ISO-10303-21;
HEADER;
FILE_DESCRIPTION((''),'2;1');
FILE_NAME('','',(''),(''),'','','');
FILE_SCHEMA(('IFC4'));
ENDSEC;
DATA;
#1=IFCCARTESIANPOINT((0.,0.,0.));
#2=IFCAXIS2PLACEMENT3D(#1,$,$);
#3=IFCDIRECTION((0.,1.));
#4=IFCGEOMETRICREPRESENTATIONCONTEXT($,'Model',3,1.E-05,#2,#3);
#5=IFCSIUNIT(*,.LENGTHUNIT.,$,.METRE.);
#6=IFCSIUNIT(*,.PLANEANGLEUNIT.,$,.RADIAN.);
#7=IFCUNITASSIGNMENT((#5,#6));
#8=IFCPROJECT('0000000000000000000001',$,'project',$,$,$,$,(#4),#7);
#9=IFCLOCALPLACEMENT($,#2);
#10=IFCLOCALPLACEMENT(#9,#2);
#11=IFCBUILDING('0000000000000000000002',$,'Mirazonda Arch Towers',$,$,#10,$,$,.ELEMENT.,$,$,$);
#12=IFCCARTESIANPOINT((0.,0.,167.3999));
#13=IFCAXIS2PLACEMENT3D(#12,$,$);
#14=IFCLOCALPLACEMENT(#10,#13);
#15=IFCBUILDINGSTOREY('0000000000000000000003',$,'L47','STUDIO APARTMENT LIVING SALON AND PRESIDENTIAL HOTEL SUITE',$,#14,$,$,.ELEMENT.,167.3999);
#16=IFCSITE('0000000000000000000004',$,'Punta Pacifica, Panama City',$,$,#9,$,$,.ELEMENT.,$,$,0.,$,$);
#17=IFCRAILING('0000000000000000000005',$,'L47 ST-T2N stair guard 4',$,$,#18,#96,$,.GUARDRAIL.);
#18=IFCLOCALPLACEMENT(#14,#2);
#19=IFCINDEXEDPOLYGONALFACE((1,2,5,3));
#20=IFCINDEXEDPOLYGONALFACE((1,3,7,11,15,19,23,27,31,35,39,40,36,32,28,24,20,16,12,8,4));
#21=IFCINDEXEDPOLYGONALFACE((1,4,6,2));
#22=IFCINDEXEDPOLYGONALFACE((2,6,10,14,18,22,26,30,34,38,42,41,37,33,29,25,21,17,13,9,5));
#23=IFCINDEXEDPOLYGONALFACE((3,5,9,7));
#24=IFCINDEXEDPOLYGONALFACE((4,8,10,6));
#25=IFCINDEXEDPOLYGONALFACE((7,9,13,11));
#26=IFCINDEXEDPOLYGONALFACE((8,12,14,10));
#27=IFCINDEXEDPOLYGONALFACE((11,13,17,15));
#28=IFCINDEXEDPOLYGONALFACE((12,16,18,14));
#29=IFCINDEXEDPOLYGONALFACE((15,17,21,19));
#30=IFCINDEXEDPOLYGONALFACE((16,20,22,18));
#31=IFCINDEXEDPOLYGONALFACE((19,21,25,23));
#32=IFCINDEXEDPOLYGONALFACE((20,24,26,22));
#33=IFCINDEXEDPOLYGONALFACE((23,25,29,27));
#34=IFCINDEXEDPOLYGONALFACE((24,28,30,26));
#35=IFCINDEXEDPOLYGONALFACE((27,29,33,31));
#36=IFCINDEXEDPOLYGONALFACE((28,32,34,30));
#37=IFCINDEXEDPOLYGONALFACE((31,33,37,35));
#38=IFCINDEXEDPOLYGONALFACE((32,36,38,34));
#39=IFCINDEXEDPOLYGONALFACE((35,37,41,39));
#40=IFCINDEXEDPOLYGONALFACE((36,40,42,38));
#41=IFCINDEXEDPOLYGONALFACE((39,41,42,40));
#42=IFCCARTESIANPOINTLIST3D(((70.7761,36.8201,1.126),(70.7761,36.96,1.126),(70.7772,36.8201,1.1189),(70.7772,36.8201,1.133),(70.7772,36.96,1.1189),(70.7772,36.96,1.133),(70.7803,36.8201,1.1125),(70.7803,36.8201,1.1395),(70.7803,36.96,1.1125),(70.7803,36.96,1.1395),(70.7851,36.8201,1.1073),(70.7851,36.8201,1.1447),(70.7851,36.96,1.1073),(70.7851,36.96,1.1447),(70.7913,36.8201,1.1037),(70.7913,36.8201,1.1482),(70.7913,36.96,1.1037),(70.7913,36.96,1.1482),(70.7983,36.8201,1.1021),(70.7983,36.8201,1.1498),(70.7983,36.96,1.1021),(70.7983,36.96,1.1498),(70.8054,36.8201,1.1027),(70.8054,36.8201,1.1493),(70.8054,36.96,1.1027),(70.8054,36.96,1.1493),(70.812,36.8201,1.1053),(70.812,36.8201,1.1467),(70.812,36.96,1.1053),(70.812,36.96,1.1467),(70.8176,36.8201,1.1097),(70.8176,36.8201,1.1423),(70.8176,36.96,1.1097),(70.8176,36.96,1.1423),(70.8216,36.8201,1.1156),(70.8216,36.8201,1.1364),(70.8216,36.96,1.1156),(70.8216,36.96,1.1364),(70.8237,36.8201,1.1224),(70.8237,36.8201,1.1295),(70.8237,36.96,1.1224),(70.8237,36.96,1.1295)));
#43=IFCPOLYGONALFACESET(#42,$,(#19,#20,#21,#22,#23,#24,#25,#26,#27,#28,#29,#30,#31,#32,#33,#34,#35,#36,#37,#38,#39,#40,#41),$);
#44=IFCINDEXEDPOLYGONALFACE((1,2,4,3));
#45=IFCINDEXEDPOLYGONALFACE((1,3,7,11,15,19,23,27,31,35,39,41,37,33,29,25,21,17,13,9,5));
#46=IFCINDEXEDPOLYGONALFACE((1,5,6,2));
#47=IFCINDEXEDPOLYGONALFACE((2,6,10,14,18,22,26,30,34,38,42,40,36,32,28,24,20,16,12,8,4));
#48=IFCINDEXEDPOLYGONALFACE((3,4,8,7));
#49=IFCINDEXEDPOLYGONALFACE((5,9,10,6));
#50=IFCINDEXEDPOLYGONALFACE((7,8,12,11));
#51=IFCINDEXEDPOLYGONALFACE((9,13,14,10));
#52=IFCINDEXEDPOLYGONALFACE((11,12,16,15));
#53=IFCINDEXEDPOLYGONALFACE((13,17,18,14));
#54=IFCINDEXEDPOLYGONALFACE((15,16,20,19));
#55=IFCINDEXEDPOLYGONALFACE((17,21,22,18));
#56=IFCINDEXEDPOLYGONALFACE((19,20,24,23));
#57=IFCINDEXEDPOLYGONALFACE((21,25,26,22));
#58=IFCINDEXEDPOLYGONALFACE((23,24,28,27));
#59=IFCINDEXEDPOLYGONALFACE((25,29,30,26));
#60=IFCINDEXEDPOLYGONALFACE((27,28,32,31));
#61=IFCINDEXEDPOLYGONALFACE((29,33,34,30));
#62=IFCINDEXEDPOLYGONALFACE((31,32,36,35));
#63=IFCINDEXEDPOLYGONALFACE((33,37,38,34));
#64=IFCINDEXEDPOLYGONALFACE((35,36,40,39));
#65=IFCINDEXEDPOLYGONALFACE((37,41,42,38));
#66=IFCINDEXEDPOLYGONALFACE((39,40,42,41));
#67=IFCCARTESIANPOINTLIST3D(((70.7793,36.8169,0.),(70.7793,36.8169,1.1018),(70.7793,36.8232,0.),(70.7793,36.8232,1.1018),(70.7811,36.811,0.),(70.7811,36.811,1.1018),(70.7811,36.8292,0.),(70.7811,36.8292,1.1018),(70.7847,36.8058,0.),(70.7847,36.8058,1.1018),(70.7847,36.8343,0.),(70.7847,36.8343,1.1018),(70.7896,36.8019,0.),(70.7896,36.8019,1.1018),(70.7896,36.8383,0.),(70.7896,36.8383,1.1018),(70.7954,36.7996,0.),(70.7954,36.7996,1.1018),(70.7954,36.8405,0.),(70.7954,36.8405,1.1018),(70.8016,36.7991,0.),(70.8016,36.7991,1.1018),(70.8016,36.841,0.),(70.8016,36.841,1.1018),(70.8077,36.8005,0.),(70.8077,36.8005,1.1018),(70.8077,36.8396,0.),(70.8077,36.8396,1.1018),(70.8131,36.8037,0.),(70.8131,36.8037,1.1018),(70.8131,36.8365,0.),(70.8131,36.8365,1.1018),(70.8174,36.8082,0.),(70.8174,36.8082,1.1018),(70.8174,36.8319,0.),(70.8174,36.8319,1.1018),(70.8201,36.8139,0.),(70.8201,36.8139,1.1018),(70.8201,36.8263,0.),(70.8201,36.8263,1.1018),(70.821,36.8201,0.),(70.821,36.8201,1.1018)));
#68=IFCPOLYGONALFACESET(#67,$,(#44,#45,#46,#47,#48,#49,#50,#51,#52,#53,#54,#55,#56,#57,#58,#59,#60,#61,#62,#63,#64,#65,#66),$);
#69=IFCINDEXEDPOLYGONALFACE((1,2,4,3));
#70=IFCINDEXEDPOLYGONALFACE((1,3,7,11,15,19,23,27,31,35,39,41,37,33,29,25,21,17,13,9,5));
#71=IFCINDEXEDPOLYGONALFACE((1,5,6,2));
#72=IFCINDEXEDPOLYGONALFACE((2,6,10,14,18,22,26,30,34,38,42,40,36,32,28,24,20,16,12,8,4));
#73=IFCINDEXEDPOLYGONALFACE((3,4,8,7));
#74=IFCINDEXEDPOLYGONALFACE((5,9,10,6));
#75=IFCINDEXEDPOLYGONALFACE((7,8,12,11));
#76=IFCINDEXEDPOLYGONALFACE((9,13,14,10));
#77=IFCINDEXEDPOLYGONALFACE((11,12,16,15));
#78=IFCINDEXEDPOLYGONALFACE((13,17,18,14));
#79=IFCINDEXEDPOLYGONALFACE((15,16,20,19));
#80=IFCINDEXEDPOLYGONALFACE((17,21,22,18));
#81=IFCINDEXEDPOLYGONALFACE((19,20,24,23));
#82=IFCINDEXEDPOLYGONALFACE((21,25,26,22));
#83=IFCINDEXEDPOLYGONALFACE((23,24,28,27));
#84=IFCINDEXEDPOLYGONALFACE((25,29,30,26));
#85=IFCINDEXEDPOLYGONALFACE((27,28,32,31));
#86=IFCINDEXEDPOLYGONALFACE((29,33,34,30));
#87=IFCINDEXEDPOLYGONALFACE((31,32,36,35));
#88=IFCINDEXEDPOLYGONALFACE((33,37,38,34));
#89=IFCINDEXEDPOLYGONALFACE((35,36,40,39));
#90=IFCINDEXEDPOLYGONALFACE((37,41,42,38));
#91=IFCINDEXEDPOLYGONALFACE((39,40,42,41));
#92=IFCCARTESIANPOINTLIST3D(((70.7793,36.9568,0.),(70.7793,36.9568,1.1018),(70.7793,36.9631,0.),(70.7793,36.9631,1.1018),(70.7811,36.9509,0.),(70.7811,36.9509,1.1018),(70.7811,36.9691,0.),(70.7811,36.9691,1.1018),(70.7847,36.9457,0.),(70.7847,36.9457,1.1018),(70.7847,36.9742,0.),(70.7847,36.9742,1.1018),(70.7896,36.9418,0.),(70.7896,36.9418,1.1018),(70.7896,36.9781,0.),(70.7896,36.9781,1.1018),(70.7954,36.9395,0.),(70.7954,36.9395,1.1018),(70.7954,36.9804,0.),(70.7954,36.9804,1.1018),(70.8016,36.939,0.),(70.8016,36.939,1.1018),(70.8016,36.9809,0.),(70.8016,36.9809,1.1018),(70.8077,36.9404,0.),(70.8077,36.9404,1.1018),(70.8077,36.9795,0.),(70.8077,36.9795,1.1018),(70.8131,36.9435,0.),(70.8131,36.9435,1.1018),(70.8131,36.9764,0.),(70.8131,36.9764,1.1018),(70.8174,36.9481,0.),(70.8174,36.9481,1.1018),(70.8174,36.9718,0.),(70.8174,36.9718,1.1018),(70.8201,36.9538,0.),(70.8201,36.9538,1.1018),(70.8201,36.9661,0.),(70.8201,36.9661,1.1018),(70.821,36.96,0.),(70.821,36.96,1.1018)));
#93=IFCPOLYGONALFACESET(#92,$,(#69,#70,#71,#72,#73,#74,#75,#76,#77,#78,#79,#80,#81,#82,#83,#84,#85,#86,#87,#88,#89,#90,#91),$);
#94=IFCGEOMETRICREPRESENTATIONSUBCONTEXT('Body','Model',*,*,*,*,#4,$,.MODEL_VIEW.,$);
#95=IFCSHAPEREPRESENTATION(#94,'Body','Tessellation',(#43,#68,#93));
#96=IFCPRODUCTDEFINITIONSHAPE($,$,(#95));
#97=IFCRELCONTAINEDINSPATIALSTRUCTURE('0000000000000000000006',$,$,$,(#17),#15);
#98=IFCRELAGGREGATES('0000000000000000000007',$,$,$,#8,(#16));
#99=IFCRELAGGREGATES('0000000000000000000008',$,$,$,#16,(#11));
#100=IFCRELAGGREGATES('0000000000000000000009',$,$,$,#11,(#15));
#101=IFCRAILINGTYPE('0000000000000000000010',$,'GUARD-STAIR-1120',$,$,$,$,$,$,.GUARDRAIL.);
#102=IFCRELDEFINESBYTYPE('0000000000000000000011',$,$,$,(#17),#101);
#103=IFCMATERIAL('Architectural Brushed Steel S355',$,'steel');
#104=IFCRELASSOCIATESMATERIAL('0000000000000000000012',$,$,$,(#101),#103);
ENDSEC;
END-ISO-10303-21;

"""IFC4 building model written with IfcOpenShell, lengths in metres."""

from ifc_helpers import new_model, si_unit, direction, frame, origin, origin_2d, place, context, subcontext, project, spatial, circle, extrude, material, type_object, element, save


model = new_model("IFC4")

# Units and contexts
model_context = context("Model", 3, precision=1e-05, world=origin(), true_north=direction((0.0, 1.0)))
body_context = subcontext(model_context, "Body", "Model", "MODEL_VIEW")
ifc_project = project(units=[si_unit("LENGTHUNIT", "METRE"), si_unit("PLANEANGLEUNIT", "RADIAN")], contexts=[model_context])

# Site, building, storey
site_placement = place(None, origin())
site = spatial("IfcSite", under=ifc_project, at=site_placement, Name="Punta Pacifica, Panama City", CompositionType="ELEMENT", RefElevation=0.0)
building_placement = place(site_placement, origin())
building = spatial("IfcBuilding", under=site, at=building_placement, Name="Mirazonda Arch Towers", CompositionType="ELEMENT")
storey_placement = place(building_placement, frame((0.0, 0.0, 167.3999)))
storey = spatial("IfcBuildingStorey", under=building, at=storey_placement, Name="L47", Description="STUDIO APARTMENT LIVING SALON AND PRESIDENTIAL HOTEL SUITE", CompositionType="ELEMENT", Elevation=167.3999)

# Railing
ifc_material_1 = material(Name="Architectural Brushed Steel S355", Category="steel")
railing_type_1 = type_object("IfcRailingType", Name="GUARD-STAIR-1120", PredefinedType="GUARDRAIL", material=ifc_material_1)
railing_1_placement = place(storey_placement, frame((70.8, 36.8201, 0.0)))
element("IfcRailing", 1, at=railing_1_placement, inside=storey, type_object=railing_type_1, Name="L47 ST-T2N stair guard 4", PredefinedType="GUARDRAIL", context=body_context, shape_type="SweptSolid", body=[
    extrude(circle(Radius=0.0239, at=origin_2d()), frame((0.0, 0.0, 1.126), z_axis=(0.0, 1.0, 0.0), x_axis=(-1.0, 0.0, 0.0)), (0.0, 0.0, 1.0), 0.1399),
    extrude(circle(Radius=0.021, at=origin_2d()), origin(), (0.0, 0.0, 1.0), 1.1018),
    extrude(circle(Radius=0.021, at=origin_2d()), frame((0.0, 0.1399, 0.0)), (0.0, 0.0, 1.0), 1.1018),
])

save(model, "model.ifc")
